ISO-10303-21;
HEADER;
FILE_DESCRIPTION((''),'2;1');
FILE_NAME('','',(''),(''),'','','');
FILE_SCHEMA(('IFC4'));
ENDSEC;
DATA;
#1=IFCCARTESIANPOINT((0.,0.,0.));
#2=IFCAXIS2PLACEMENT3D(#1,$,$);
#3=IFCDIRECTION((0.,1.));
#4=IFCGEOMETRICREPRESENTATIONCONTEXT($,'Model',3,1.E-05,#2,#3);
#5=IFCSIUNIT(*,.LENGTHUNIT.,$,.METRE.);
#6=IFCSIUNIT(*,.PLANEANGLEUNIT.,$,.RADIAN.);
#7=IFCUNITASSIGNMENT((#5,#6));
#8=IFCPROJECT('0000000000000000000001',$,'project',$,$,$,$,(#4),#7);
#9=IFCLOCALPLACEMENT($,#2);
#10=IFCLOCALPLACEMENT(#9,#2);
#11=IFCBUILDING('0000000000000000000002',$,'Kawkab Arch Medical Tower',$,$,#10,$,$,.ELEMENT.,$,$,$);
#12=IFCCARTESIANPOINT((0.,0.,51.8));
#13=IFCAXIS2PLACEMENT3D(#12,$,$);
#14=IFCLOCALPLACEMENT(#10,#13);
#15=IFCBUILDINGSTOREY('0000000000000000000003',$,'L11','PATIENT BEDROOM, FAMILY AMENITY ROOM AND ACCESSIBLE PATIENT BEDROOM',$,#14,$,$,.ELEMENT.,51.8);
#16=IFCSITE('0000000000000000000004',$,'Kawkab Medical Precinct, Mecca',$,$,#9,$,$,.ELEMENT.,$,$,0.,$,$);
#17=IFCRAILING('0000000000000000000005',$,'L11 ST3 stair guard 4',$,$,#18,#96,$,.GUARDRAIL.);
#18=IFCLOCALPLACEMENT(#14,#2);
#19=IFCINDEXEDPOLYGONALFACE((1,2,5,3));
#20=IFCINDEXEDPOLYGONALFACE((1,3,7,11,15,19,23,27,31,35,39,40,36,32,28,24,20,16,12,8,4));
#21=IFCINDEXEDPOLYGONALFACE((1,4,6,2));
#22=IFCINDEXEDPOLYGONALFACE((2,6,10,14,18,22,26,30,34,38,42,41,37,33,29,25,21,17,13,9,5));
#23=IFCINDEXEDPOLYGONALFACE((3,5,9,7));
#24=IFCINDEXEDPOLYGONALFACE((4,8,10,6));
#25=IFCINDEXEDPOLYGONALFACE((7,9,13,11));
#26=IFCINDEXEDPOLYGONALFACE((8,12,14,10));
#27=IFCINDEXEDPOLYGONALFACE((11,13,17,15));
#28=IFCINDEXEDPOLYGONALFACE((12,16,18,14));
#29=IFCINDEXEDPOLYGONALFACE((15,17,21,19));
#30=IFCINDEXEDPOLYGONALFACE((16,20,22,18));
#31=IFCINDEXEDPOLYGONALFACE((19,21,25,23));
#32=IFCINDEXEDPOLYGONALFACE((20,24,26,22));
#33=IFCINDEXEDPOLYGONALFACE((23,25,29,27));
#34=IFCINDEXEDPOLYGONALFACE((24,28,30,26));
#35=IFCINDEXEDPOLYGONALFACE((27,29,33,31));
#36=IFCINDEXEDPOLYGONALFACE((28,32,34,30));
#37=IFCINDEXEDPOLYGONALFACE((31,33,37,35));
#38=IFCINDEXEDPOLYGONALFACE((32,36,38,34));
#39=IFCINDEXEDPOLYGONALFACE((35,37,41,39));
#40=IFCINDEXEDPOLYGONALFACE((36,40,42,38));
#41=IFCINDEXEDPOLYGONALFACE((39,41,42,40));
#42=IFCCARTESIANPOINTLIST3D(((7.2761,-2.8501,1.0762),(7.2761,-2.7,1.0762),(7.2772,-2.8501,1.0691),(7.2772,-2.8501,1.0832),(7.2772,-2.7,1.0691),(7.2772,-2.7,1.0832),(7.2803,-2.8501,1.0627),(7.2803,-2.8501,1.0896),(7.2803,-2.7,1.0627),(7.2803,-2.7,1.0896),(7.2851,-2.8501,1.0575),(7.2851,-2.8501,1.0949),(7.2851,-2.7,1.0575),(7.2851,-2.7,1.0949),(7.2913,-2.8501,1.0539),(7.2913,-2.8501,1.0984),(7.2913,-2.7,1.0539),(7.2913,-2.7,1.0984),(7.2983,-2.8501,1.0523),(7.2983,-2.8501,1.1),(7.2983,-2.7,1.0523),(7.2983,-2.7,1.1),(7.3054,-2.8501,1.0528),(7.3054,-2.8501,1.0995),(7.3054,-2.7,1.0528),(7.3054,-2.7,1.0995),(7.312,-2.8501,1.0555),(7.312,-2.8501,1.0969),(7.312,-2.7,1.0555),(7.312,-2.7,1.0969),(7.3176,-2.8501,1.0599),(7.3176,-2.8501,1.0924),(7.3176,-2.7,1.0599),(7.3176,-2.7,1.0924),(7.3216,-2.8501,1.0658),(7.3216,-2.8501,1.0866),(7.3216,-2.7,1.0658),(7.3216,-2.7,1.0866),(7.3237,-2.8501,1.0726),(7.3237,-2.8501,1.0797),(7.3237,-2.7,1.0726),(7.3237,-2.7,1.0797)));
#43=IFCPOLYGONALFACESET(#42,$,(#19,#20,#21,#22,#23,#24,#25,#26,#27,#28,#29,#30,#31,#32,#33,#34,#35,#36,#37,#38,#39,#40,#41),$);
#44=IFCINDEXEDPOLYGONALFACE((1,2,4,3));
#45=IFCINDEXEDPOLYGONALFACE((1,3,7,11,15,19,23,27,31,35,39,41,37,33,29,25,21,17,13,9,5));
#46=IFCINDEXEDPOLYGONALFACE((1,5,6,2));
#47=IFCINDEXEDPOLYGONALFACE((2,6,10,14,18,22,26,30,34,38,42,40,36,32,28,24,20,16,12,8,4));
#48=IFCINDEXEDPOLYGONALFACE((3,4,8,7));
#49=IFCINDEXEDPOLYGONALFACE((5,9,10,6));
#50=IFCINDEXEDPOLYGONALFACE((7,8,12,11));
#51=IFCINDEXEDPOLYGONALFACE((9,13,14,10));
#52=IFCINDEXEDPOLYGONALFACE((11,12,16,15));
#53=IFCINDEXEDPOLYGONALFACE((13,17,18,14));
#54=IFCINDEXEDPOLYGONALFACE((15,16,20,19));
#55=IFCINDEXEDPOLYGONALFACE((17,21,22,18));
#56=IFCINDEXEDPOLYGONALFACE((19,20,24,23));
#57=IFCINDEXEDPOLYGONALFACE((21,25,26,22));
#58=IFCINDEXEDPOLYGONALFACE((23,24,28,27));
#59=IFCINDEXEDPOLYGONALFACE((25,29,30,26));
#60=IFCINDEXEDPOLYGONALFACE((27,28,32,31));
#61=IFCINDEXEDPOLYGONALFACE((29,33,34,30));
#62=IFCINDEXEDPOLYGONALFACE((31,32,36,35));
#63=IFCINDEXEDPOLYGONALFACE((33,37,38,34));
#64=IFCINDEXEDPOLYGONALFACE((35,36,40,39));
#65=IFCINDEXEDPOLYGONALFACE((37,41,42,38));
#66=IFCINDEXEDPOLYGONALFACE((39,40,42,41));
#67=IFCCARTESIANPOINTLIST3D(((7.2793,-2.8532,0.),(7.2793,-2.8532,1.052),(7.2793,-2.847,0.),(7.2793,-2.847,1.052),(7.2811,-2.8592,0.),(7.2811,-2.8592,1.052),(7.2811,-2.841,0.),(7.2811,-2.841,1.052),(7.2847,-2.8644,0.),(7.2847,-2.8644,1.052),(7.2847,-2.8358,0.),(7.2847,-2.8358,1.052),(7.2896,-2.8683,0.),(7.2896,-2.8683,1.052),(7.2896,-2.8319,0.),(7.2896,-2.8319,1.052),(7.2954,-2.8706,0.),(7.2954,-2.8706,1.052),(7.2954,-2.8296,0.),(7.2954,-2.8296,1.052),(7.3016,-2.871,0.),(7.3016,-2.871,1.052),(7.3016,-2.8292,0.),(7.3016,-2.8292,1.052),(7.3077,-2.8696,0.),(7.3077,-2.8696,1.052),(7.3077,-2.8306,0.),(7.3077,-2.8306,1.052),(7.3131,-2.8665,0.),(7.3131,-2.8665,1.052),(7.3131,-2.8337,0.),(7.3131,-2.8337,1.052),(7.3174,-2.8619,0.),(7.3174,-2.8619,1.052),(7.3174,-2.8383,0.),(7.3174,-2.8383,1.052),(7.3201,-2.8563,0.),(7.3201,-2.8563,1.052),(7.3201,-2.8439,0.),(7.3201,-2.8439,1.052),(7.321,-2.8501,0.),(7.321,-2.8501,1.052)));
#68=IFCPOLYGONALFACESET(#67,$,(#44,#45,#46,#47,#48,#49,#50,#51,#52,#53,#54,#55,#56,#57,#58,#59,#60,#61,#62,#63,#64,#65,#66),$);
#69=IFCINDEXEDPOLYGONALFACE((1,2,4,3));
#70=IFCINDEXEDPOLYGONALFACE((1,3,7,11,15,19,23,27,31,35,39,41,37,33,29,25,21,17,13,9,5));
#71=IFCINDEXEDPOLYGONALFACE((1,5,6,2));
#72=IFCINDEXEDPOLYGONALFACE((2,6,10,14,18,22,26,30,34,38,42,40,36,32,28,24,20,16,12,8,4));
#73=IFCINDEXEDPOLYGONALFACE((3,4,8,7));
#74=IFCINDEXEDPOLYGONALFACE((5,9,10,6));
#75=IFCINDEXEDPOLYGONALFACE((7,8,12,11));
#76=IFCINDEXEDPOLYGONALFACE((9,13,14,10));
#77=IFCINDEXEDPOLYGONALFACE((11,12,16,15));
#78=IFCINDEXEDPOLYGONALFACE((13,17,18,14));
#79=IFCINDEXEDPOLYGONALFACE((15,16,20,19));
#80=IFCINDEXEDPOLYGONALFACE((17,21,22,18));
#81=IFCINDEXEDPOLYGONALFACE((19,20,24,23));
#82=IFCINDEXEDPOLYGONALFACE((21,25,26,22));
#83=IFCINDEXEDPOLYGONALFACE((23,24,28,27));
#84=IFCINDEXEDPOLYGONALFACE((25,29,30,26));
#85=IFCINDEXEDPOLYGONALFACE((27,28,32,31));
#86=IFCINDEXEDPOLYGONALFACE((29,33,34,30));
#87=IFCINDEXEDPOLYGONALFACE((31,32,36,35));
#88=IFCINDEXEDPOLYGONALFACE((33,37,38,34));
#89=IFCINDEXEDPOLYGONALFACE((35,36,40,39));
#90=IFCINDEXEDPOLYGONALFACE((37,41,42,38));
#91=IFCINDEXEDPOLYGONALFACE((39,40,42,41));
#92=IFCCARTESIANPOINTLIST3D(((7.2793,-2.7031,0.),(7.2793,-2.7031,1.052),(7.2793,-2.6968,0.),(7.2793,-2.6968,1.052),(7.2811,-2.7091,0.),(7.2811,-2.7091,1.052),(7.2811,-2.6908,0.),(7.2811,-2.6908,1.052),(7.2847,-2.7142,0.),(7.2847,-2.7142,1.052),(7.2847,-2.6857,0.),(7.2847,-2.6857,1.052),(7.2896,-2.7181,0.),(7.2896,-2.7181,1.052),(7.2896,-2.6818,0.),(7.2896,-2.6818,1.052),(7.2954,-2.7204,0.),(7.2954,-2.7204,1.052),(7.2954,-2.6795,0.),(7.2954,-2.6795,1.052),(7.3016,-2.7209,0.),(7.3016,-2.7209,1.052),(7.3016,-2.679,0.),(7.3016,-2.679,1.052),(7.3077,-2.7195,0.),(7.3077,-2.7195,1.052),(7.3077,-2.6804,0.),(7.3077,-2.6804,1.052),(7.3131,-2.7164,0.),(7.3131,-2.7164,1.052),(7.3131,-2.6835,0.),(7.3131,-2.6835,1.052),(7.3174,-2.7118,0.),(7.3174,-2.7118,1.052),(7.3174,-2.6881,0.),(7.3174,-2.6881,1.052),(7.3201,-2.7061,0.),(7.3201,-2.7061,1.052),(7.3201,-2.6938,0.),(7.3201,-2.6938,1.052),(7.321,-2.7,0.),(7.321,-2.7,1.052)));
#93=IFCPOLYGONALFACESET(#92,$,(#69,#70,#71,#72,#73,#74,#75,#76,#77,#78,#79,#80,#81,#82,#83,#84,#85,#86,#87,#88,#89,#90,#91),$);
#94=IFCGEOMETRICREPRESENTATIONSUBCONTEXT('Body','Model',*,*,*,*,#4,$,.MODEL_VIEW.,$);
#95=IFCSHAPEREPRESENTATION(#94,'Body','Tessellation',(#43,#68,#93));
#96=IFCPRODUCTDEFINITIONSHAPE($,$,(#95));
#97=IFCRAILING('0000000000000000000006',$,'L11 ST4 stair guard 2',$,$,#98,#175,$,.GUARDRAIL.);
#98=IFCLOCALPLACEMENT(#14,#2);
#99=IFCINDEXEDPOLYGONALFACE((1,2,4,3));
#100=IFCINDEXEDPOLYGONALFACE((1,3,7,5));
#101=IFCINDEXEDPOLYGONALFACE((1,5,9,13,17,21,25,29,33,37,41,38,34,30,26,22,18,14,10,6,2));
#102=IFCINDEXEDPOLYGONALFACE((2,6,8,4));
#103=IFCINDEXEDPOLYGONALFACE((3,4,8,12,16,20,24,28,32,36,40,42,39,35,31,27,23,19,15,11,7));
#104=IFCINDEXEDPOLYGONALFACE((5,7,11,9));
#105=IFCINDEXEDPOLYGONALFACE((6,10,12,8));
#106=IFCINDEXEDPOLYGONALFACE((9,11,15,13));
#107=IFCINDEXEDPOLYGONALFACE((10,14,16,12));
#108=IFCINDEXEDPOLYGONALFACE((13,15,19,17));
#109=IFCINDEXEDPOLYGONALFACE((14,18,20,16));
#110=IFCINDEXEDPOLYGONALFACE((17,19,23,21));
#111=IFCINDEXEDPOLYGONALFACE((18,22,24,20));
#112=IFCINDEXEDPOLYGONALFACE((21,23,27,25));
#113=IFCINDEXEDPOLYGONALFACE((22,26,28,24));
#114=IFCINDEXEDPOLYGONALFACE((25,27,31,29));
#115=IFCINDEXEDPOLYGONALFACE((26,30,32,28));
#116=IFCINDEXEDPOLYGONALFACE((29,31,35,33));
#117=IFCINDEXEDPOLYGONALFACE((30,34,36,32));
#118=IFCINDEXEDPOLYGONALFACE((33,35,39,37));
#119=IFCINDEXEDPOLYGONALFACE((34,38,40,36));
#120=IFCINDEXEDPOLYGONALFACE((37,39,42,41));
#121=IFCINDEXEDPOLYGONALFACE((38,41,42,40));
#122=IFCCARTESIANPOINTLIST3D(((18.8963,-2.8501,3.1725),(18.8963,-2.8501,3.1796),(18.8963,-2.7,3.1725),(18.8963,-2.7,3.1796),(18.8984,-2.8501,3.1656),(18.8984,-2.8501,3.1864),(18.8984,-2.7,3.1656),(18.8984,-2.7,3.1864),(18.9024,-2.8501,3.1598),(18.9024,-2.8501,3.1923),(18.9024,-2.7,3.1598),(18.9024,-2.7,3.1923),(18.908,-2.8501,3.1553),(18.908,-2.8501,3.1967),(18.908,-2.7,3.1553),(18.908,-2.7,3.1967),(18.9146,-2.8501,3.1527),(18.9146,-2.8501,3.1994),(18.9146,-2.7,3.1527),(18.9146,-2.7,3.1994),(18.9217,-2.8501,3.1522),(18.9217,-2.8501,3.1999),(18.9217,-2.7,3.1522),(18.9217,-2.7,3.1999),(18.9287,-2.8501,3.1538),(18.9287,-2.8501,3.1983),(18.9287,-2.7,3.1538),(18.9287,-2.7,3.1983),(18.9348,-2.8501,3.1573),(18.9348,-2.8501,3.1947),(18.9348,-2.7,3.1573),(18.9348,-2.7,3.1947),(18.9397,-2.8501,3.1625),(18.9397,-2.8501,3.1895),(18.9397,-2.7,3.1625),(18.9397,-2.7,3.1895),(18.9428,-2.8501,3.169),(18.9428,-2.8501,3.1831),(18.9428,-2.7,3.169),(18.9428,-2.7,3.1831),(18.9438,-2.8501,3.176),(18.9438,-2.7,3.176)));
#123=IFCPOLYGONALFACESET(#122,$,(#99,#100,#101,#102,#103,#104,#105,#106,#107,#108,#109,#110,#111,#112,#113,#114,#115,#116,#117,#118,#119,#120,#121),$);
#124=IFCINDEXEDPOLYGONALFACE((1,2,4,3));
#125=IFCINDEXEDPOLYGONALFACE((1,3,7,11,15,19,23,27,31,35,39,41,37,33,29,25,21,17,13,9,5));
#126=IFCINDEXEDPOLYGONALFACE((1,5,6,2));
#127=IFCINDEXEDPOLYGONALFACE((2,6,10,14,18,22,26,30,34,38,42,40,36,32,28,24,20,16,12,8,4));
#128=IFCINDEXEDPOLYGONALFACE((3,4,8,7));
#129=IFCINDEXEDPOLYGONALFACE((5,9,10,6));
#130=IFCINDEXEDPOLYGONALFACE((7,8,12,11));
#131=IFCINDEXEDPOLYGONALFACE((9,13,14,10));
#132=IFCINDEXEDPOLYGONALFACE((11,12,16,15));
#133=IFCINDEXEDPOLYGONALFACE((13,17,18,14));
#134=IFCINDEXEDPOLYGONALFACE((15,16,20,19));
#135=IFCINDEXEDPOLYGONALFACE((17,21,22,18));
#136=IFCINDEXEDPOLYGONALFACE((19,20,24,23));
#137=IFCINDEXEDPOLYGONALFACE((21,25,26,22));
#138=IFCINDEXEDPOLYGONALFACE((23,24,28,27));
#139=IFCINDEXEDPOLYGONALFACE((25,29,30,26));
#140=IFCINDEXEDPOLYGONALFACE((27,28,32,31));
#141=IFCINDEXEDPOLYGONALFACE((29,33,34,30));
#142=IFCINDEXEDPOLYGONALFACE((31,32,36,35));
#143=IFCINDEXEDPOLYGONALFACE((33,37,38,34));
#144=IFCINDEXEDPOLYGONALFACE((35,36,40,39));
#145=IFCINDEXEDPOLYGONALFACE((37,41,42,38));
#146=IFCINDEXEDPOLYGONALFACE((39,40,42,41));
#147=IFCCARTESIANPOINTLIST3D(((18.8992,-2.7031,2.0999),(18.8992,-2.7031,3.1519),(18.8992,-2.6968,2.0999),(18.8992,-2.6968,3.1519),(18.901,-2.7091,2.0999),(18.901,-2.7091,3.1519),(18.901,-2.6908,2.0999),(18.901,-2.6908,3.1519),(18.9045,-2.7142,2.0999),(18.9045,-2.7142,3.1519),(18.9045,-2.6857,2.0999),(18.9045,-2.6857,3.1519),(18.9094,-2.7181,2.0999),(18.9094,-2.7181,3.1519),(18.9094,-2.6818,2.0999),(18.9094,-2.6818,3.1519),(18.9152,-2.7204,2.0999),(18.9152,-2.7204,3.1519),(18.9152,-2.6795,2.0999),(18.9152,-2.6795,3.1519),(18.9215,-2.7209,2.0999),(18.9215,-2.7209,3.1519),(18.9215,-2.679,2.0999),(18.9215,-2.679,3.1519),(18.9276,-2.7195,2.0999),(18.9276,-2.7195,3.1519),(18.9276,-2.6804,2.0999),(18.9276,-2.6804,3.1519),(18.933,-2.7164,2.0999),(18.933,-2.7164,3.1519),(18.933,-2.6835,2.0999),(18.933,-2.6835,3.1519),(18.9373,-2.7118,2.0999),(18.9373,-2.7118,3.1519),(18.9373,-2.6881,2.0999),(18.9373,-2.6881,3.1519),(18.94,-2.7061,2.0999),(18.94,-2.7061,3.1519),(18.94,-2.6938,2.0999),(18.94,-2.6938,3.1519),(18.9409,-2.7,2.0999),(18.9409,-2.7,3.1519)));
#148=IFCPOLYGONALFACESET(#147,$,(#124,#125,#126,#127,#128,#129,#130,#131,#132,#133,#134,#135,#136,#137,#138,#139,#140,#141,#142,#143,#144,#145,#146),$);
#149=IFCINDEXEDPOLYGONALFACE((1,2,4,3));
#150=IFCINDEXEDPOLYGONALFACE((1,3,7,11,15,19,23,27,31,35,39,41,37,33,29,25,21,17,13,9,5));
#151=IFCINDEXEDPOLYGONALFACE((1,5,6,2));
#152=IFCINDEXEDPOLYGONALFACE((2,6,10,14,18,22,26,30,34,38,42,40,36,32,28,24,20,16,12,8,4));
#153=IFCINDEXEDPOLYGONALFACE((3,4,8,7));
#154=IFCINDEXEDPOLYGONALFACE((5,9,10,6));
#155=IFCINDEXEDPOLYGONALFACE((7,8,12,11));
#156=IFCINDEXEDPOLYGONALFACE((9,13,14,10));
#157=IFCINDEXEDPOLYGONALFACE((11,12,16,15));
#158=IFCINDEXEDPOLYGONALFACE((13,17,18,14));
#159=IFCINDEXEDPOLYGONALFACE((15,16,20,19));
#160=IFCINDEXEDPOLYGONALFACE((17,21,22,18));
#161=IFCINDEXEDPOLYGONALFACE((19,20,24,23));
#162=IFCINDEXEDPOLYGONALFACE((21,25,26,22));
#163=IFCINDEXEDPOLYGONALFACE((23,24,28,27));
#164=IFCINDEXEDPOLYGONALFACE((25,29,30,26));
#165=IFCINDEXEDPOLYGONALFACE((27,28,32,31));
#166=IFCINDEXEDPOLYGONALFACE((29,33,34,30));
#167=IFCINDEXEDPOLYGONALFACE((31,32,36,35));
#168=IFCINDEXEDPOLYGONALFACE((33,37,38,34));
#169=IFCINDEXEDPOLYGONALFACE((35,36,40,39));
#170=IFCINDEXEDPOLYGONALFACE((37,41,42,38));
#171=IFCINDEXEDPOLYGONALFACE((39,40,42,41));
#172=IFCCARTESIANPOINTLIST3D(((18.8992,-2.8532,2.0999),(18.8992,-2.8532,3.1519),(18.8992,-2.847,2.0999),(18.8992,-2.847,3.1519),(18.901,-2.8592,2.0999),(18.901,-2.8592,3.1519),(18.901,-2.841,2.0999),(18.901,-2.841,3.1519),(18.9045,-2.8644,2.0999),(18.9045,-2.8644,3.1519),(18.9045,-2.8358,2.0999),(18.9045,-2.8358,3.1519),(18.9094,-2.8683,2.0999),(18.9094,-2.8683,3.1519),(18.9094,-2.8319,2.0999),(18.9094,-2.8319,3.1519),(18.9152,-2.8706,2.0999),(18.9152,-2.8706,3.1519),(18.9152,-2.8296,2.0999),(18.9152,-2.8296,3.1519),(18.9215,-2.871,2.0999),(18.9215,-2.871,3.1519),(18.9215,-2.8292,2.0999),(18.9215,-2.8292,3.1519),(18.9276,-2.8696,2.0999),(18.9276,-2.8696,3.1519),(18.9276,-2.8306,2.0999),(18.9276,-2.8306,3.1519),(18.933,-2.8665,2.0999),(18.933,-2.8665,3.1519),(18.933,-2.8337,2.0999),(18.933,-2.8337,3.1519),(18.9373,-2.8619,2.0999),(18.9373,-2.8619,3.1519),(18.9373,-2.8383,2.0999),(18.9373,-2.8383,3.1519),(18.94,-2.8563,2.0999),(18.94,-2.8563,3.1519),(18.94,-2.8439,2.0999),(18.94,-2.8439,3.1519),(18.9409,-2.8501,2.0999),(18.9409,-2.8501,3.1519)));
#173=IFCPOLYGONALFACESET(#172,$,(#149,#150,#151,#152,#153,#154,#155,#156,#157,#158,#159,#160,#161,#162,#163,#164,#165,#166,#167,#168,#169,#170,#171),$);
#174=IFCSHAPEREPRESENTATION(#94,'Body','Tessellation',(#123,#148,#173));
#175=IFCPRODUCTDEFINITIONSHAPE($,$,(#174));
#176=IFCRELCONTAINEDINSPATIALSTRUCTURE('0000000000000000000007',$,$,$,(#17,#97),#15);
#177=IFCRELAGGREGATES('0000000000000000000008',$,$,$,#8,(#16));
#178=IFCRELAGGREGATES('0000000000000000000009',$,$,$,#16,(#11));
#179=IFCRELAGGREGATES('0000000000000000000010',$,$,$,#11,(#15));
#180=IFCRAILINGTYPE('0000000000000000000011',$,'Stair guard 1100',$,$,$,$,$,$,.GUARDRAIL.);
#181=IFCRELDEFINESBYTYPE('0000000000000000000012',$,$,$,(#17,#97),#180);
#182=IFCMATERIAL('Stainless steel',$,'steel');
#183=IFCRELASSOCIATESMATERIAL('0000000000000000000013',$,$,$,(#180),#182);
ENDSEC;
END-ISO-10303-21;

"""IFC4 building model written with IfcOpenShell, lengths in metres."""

from ifc_helpers import new_model, si_unit, direction, frame, origin, origin_2d, place, context, subcontext, project, spatial, circle, extrude, material, type_object, element, save


model = new_model("IFC4")

# Units and contexts
model_context = context("Model", 3, precision=1e-05, world=origin(), true_north=direction((0.0, 1.0)))
body_context = subcontext(model_context, "Body", "Model", "MODEL_VIEW")
ifc_project = project(units=[si_unit("LENGTHUNIT", "METRE"), si_unit("PLANEANGLEUNIT", "RADIAN")], contexts=[model_context])

# Site, building, storey
site_placement = place(None, origin())
site = spatial("IfcSite", under=ifc_project, at=site_placement, Name="Kawkab Medical Precinct, Mecca", CompositionType="ELEMENT", RefElevation=0.0)
building_placement = place(site_placement, origin())
building = spatial("IfcBuilding", under=site, at=building_placement, Name="Kawkab Arch Medical Tower", CompositionType="ELEMENT")
storey_placement = place(building_placement, frame((0.0, 0.0, 51.8)))
storey = spatial("IfcBuildingStorey", under=building, at=storey_placement, Name="L11", Description="PATIENT BEDROOM, FAMILY AMENITY ROOM AND ACCESSIBLE PATIENT BEDROOM", CompositionType="ELEMENT", Elevation=51.8)

# Railings
ifc_material_1 = material(Name="Stainless steel", Category="steel")
railing_type = type_object("IfcRailingType", Name="Stair guard 1100", PredefinedType="GUARDRAIL", material=ifc_material_1)
railing_1_placement = place(storey_placement, frame((7.3, -2.8501, 0.0)))
element("IfcRailing", 1, at=railing_1_placement, inside=storey, type_object=railing_type, Name="L11 ST3 stair guard 4", PredefinedType="GUARDRAIL", context=body_context, shape_type="SweptSolid", body=[
    extrude(circle(Radius=0.0239, at=origin_2d()), frame((0.0, 0.0, 1.0762), z_axis=(0.0, 1.0, 0.0), x_axis=(-1.0, 0.0, 0.0)), (0.0, 0.0, 1.0), 0.1501),
    extrude(circle(Radius=0.021, at=origin_2d()), origin(), (0.0, 0.0, 1.0), 1.052),
    extrude(circle(Radius=0.021, at=origin_2d()), frame((0.0, 0.1501, 0.0)), (0.0, 0.0, 1.0), 1.052),
])
railing_2_placement = place(storey_placement, frame((18.9199, -2.7, 2.0999)))
element("IfcRailing", 2, at=railing_2_placement, inside=storey, type_object=railing_type, Name="L11 ST4 stair guard 2", PredefinedType="GUARDRAIL", context=body_context, shape_type="SweptSolid", body=[
    extrude(circle(Radius=0.0239, at=origin_2d()), frame((0.0, 0.0, 1.0762), z_axis=(0.0, -1.0, 0.0), x_axis=(1.0, 0.0, 0.0)), (0.0, 0.0, 1.0), 0.1501),
    extrude(circle(Radius=0.021, at=origin_2d()), origin(), (0.0, 0.0, 1.0), 1.052),
    extrude(circle(Radius=0.021, at=origin_2d()), frame((0.0, -0.1501, 0.0)), (0.0, 0.0, 1.0), 1.052),
])

save(model, "model.ifc")
